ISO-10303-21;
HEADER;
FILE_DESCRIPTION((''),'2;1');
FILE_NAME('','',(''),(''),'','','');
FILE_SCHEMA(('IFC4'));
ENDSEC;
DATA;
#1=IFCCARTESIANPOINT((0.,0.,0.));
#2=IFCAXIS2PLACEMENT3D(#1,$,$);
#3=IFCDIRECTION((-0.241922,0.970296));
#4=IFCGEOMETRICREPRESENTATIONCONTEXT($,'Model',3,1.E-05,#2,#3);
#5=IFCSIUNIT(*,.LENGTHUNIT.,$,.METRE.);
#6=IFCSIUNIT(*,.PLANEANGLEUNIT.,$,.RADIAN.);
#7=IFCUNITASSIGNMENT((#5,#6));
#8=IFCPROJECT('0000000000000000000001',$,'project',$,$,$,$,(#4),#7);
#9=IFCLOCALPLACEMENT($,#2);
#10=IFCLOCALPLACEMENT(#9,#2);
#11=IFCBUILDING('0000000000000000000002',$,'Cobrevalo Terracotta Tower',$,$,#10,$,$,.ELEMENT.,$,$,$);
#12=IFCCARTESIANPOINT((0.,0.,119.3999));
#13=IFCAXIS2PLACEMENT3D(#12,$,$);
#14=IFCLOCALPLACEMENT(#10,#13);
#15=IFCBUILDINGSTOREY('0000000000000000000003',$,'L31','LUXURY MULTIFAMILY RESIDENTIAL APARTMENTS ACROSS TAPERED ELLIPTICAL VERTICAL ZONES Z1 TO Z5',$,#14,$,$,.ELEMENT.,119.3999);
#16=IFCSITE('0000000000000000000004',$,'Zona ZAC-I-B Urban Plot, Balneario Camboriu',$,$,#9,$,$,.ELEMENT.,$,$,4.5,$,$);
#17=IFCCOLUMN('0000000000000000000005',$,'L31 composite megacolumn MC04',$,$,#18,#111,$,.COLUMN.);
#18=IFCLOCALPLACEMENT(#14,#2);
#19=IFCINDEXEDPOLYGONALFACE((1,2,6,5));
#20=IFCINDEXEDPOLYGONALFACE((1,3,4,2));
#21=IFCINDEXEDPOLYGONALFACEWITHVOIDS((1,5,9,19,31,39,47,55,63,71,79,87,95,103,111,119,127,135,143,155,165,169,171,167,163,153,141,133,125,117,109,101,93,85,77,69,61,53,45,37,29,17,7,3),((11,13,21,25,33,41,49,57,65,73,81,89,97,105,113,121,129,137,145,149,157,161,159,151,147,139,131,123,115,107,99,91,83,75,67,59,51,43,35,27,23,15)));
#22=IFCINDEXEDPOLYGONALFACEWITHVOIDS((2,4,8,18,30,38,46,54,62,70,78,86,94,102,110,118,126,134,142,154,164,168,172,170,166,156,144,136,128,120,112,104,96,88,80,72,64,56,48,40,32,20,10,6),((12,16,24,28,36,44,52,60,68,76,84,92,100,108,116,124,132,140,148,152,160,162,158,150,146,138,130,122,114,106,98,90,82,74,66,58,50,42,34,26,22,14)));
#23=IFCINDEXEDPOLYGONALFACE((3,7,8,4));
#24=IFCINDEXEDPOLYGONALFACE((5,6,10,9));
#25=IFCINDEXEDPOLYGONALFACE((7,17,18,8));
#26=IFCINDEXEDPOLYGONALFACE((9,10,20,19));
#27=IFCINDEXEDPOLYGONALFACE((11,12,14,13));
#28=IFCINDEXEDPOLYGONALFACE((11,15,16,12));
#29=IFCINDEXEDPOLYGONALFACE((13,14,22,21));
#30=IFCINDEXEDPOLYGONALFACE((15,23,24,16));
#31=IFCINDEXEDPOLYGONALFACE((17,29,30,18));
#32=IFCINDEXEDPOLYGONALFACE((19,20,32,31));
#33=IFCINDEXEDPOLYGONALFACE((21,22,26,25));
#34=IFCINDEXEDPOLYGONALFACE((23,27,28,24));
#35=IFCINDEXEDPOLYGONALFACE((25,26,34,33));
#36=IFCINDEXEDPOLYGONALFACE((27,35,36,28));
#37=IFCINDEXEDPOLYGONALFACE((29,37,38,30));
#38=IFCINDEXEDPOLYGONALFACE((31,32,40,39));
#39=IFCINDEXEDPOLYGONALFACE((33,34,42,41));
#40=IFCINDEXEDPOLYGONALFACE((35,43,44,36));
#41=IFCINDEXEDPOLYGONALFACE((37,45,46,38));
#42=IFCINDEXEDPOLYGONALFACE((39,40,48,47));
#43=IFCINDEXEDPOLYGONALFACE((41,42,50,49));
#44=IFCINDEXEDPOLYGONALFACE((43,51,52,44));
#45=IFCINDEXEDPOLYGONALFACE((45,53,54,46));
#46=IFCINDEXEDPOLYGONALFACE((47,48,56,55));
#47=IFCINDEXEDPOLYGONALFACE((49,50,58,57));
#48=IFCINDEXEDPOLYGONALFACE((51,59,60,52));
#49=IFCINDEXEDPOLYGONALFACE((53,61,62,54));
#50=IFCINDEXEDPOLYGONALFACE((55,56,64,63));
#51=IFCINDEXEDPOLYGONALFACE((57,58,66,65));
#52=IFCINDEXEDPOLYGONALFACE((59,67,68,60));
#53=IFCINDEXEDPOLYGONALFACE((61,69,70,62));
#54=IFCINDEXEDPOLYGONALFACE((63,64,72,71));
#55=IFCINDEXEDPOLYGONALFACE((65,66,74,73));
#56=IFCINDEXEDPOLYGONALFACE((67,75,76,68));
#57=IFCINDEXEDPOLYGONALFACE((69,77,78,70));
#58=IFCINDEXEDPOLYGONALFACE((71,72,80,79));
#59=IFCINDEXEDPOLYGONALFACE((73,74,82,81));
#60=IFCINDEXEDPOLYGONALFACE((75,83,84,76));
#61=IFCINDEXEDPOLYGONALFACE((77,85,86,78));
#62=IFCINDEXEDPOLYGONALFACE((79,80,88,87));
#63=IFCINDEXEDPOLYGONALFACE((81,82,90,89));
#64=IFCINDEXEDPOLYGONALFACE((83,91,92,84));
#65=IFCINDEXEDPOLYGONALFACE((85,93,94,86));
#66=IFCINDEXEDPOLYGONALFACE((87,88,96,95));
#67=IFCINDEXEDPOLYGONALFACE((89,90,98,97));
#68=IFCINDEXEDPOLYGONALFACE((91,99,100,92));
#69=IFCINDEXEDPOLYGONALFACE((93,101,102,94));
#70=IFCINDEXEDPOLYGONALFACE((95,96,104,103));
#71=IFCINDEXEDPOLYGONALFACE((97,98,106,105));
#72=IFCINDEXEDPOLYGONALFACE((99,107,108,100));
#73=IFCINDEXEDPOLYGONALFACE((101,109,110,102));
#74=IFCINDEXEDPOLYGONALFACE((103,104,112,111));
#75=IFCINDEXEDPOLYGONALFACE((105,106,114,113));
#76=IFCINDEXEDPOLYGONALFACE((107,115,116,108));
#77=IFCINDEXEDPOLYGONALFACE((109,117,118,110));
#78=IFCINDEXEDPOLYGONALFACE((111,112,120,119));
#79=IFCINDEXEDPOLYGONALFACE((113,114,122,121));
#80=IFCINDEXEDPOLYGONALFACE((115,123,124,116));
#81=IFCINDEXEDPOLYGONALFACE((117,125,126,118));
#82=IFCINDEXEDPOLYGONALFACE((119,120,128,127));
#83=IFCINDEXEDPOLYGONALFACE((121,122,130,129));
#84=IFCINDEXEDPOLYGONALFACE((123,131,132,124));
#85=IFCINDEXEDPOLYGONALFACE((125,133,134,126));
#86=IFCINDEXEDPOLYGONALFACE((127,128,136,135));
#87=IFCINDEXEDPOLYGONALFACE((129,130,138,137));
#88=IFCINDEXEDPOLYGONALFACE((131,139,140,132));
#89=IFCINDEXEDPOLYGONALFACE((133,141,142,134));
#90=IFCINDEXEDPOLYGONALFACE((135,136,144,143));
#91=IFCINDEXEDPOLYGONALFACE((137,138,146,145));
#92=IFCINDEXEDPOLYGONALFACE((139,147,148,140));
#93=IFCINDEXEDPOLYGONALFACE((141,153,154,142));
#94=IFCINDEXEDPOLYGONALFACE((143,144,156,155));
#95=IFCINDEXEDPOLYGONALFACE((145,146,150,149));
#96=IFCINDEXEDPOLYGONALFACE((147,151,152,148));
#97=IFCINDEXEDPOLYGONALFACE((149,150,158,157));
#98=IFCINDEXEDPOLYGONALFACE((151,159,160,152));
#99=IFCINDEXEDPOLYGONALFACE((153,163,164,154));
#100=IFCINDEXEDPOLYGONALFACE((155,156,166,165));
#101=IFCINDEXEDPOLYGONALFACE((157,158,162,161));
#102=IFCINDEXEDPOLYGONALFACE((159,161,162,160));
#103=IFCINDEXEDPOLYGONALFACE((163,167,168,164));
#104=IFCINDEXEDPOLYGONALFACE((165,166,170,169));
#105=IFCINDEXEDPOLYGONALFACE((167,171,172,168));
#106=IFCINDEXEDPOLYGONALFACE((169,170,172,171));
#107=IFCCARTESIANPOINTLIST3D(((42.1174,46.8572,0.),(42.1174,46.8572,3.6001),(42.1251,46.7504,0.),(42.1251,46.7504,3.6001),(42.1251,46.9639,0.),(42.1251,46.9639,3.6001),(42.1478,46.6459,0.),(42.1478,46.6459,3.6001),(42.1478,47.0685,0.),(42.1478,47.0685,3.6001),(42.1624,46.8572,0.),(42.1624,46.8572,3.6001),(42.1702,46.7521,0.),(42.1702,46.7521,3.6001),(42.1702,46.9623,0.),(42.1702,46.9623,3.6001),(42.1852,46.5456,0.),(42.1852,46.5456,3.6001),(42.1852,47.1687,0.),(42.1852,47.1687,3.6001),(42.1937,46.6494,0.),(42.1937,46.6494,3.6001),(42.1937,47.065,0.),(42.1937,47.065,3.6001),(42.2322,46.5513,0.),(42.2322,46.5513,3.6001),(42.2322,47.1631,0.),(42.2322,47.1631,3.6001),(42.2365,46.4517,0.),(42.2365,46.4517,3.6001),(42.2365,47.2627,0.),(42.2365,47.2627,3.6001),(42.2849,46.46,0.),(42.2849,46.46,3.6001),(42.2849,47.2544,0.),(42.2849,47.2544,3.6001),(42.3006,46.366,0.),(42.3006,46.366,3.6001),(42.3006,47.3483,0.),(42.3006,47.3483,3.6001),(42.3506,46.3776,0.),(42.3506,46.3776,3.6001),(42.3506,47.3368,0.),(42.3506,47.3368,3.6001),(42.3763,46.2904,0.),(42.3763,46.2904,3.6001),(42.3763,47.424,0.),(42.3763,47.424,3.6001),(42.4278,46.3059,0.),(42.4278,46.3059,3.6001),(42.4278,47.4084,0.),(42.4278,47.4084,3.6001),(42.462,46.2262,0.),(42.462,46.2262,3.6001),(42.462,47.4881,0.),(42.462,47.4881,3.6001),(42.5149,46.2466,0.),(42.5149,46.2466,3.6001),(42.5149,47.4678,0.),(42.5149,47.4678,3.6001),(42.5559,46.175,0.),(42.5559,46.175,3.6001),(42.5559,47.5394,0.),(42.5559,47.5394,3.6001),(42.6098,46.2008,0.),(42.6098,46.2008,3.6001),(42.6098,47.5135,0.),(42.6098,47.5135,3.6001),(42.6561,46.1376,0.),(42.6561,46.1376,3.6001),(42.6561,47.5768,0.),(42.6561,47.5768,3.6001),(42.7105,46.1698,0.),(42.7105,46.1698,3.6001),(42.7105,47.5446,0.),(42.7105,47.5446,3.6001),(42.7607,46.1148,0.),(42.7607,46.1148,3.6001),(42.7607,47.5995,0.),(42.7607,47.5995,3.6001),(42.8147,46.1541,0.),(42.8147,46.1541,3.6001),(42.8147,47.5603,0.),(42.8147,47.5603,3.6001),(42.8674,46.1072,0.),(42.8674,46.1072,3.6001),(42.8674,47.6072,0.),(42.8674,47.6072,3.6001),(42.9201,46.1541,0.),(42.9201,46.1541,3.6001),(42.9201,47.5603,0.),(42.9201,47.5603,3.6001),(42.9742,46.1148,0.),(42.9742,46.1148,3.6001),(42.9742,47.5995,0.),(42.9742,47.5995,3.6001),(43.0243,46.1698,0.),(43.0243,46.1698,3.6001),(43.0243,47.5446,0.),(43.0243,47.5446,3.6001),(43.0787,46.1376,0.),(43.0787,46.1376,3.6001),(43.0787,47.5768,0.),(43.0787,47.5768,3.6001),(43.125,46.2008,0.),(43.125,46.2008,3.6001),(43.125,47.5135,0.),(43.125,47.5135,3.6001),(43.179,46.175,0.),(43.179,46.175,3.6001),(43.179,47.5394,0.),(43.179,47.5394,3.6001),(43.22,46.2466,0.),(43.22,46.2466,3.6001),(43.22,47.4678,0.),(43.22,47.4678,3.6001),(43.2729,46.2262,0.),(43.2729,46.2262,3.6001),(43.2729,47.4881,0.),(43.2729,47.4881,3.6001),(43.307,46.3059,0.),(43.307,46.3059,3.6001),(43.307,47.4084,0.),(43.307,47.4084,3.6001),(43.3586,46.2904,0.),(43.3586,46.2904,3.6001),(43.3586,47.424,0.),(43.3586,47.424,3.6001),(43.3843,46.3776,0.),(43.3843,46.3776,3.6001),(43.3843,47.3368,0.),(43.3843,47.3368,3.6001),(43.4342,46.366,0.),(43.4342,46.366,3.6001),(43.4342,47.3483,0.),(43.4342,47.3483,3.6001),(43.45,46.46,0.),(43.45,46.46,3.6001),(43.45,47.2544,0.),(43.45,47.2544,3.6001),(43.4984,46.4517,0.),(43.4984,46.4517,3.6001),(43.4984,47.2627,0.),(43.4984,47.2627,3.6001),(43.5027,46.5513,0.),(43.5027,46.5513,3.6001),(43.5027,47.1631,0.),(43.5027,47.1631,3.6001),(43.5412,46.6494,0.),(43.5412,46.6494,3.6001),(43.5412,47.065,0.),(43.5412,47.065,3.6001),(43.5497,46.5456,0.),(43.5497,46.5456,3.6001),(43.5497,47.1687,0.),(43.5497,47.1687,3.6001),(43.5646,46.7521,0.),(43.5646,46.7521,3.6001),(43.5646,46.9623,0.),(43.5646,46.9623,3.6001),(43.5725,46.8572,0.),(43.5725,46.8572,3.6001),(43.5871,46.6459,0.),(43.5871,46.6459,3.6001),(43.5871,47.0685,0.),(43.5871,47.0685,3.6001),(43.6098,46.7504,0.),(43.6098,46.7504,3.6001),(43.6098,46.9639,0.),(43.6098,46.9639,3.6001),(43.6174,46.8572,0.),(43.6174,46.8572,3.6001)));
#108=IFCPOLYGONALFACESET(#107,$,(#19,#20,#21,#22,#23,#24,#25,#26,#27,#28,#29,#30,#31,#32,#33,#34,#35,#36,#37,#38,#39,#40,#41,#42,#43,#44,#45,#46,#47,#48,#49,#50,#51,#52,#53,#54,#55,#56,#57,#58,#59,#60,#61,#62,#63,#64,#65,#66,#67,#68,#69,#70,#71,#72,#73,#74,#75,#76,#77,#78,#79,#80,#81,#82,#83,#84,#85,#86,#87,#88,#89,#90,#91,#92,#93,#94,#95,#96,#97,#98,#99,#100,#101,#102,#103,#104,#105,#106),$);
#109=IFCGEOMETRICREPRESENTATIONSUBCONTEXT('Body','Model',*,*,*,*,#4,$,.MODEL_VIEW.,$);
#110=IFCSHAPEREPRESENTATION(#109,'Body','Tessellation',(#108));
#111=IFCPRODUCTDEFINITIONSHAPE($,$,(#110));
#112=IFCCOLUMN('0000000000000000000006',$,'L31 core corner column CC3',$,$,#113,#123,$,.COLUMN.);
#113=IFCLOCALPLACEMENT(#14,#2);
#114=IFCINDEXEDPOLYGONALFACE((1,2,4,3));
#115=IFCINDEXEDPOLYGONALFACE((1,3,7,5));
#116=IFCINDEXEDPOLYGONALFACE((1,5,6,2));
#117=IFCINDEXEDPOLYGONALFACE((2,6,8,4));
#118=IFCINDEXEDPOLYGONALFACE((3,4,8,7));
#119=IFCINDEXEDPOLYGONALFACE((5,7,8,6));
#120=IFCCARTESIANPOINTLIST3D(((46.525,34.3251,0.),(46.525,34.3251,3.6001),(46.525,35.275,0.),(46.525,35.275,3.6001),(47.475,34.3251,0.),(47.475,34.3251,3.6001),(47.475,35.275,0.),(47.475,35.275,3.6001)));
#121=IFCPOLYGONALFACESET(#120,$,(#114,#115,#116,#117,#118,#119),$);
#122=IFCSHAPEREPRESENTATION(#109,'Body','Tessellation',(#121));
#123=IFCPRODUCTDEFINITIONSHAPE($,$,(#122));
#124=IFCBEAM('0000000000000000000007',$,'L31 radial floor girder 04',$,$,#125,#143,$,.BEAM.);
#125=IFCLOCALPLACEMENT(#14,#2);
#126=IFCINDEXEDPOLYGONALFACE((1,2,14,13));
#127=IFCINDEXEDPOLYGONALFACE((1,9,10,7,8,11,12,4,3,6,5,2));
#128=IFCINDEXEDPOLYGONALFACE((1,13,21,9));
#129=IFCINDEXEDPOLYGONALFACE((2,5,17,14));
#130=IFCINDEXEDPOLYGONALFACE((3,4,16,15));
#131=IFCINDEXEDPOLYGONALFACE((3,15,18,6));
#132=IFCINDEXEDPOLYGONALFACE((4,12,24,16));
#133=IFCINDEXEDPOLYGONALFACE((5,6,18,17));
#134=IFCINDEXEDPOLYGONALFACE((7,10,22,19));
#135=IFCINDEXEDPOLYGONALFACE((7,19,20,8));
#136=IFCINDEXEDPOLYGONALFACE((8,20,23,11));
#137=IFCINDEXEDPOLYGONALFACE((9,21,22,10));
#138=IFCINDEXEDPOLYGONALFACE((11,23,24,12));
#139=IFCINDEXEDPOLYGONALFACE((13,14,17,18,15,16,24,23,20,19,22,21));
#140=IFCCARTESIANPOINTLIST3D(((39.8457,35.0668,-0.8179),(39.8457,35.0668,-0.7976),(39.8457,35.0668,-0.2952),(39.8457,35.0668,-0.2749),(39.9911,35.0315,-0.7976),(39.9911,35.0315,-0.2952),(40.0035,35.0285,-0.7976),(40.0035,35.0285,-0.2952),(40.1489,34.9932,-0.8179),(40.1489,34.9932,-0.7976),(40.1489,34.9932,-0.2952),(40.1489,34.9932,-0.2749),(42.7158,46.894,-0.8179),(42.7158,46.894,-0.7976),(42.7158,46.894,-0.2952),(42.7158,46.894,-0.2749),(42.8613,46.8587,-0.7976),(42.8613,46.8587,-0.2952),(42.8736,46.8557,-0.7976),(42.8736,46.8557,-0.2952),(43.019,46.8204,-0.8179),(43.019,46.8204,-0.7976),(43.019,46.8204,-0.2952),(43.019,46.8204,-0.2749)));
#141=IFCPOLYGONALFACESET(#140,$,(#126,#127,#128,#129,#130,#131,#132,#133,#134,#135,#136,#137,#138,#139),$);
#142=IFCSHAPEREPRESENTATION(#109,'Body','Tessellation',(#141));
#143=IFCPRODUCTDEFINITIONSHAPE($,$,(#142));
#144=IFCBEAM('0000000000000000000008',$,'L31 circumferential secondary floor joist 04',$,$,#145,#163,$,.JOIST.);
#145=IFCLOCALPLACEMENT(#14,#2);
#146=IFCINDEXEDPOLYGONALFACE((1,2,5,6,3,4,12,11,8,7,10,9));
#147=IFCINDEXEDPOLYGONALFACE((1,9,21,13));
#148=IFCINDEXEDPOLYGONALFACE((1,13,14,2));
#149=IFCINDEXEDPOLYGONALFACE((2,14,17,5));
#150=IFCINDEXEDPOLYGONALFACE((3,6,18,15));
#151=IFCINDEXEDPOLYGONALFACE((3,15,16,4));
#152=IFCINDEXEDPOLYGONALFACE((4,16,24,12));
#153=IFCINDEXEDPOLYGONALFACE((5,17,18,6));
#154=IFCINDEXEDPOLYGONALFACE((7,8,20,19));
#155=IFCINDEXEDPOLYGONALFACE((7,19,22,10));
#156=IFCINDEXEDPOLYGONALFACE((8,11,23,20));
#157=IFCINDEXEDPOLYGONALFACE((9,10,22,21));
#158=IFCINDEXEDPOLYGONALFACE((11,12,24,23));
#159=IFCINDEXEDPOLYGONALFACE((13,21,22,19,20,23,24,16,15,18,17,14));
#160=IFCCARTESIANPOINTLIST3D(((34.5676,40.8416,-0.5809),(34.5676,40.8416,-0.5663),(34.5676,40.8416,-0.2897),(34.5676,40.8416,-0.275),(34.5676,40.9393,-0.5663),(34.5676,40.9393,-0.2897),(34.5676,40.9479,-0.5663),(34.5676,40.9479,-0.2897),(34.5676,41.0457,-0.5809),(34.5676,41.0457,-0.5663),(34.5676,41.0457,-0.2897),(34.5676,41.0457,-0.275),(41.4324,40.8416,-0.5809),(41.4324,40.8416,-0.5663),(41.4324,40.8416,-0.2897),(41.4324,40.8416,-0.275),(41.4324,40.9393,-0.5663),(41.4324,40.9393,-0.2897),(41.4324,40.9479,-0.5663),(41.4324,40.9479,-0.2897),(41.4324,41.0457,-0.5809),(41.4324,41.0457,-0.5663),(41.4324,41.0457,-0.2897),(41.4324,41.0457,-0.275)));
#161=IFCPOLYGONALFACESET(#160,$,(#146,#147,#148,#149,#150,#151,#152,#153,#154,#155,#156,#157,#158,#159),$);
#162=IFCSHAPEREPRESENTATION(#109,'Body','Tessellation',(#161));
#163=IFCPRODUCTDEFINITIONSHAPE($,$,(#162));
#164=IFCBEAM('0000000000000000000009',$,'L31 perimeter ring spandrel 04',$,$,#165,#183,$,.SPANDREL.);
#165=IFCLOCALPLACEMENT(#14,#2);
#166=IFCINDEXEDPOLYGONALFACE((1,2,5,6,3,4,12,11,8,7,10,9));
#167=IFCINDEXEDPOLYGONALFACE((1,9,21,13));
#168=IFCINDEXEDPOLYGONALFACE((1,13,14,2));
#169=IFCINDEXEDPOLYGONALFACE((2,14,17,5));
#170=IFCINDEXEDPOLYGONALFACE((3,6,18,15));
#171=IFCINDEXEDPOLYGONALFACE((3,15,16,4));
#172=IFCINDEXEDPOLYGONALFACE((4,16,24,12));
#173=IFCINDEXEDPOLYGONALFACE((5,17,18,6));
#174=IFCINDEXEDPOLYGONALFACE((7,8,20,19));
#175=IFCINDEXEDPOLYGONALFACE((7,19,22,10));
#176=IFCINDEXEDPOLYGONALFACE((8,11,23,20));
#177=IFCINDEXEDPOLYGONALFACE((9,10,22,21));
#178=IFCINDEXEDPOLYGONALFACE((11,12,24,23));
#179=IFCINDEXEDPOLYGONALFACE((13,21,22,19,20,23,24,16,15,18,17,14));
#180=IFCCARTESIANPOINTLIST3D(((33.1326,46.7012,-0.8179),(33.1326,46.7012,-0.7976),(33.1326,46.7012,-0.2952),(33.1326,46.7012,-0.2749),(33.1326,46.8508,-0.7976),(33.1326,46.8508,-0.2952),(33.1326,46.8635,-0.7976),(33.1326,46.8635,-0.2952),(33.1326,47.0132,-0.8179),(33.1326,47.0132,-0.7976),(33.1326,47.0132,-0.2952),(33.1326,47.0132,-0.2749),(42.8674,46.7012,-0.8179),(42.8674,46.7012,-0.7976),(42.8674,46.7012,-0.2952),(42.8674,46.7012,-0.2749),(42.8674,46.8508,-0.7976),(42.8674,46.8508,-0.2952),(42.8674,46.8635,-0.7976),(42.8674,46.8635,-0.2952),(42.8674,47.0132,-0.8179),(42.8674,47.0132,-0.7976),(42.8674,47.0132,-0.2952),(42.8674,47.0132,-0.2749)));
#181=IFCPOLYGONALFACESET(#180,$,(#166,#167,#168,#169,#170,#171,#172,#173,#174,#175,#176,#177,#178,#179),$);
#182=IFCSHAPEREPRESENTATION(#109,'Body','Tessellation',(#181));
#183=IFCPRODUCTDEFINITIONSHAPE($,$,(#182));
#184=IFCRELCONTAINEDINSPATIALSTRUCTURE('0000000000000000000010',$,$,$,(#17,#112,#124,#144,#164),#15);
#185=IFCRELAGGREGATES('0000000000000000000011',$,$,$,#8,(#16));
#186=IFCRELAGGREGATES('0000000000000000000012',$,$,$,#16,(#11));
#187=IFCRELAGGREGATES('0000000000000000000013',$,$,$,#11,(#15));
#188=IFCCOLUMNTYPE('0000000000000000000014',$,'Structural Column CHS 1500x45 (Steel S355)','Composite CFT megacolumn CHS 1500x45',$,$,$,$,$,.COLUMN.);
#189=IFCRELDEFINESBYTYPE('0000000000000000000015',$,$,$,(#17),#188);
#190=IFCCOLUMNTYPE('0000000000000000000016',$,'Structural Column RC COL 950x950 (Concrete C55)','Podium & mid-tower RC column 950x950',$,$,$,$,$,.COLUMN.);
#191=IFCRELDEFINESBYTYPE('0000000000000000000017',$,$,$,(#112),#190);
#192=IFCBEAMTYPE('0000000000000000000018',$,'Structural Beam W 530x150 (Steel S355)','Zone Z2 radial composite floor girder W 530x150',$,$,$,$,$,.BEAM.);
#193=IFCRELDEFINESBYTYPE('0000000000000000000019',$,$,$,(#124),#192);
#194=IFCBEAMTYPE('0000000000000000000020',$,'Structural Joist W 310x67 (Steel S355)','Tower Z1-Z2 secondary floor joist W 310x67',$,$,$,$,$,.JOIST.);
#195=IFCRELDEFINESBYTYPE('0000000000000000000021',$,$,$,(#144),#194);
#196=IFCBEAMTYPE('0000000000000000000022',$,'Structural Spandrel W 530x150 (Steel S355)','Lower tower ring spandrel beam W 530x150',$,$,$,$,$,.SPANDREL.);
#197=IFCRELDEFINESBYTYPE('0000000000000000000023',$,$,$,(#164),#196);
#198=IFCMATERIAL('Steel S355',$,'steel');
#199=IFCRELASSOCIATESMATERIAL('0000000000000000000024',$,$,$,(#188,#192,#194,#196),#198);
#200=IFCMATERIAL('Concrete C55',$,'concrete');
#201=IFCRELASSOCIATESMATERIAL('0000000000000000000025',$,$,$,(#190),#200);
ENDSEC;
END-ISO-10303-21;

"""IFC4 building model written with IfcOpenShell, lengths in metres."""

from ifc_helpers import new_model, si_unit, direction, frame, origin, origin_2d, place, context, subcontext, project, spatial, rectangle, hollow_circle, i_section, extrude, material, material_profile, profile_set, type_object, element, save


model = new_model("IFC4")

# Units and contexts
model_context = context("Model", 3, precision=1e-05, world=origin(), true_north=direction((-0.241922, 0.970296)))
body_context = subcontext(model_context, "Body", "Model", "MODEL_VIEW")
ifc_project = project(units=[si_unit("LENGTHUNIT", "METRE"), si_unit("PLANEANGLEUNIT", "RADIAN")], contexts=[model_context])

# Site, building, storey
site_placement = place(None, origin())
site = spatial("IfcSite", under=ifc_project, at=site_placement, Name="Zona ZAC-I-B Urban Plot, Balneario Camboriu", CompositionType="ELEMENT", RefElevation=4.5)
building_placement = place(site_placement, origin())
building = spatial("IfcBuilding", under=site, at=building_placement, Name="Cobrevalo Terracotta Tower", CompositionType="ELEMENT")
storey_placement = place(building_placement, frame((0.0, 0.0, 119.3999)))
storey = spatial("IfcBuildingStorey", under=building, at=storey_placement, Name="L31", Description="LUXURY MULTIFAMILY RESIDENTIAL APARTMENTS ACROSS TAPERED ELLIPTICAL VERTICAL ZONES Z1 TO Z5", CompositionType="ELEMENT", Elevation=119.3999)

# Columns
ifc_material_1 = material(Name="Steel S355", Category="steel")
ifc_material_profile_1 = material_profile(ifc_material_1, hollow_circle(Radius=0.75, WallThickness=0.0449, at=origin_2d()), Name="CHS 1500x45")
ifc_profile_set_1 = profile_set([ifc_material_profile_1], Name="Steel S355")
column_type_1 = type_object("IfcColumnType", Name="Structural Column CHS 1500x45 (Steel S355)", Description="Composite CFT megacolumn CHS 1500x45", PredefinedType="COLUMN", material=ifc_profile_set_1)
column_1_placement = place(storey_placement, frame((42.8674, 46.8572, 0.0), z_axis=(0.0, 0.0, 1.0), x_axis=(1.0, 0.0, 0.0)))
element("IfcColumn", 1, at=column_1_placement, inside=storey, type_object=column_type_1, Name="L31 composite megacolumn MC04", PredefinedType="COLUMN", context=body_context, shape_type="SweptSolid", body=[
    extrude(hollow_circle(Radius=0.75, WallThickness=0.0449, at=origin_2d()), origin(), (0.0, 0.0, 1.0), 3.6001),
])
ifc_material_2 = material(Name="Concrete C55", Category="concrete")
ifc_material_profile_2 = material_profile(ifc_material_2, rectangle(XDim=0.95, YDim=0.95, at=origin_2d()), Name="RC COL 950x950")
ifc_profile_set_2 = profile_set([ifc_material_profile_2], Name="Concrete C55")
column_type_2 = type_object("IfcColumnType", Name="Structural Column RC COL 950x950 (Concrete C55)", Description="Podium & mid-tower RC column 950x950", PredefinedType="COLUMN", material=ifc_profile_set_2)
column_2_placement = place(storey_placement, frame((47.0, 34.8, 0.0), z_axis=(0.0, 0.0, 1.0), x_axis=(1.0, 0.0, 0.0)))
element("IfcColumn", 2, at=column_2_placement, inside=storey, type_object=column_type_2, Name="L31 core corner column CC3", PredefinedType="COLUMN", context=body_context, shape_type="SweptSolid", body=[
    extrude(rectangle(XDim=0.95, YDim=0.95, at=origin_2d()), origin(), (0.0, 0.0, 1.0), 3.6001),
])

# Beams
ifc_material_profile_3 = material_profile(ifc_material_1, i_section(OverallWidth=0.312, OverallDepth=0.543, WebThickness=0.0127, FlangeThickness=0.0203, at=origin_2d()), Name="W 530x150")
ifc_profile_set_3 = profile_set([ifc_material_profile_3], Name="Steel S355")
beam_type_1 = type_object("IfcBeamType", Name="Structural Beam W 530x150 (Steel S355)", Description="Zone Z2 radial composite floor girder W 530x150", PredefinedType="BEAM", material=ifc_profile_set_3)
beam_1_placement = place(storey_placement, frame((42.8674, 46.8572, -0.5464), z_axis=(-0.235827, -0.971795, 0.0), x_axis=(0.971795, -0.235827, 0.0)))
element("IfcBeam", 3, at=beam_1_placement, inside=storey, type_object=beam_type_1, Name="L31 radial floor girder 04", PredefinedType="BEAM", context=body_context, shape_type="SweptSolid", body=[
    extrude(i_section(OverallWidth=0.312, OverallDepth=0.543, WebThickness=0.0127, FlangeThickness=0.0203, at=origin_2d()), origin(), (0.0, 0.0, 1.0), 12.1704),
])
ifc_material_profile_4 = material_profile(ifc_material_1, i_section(OverallWidth=0.2041, OverallDepth=0.3059, WebThickness=0.0085, FlangeThickness=0.0146, at=origin_2d()), Name="W 310x67")
ifc_profile_set_4 = profile_set([ifc_material_profile_4], Name="Steel S355")
beam_type_2 = type_object("IfcBeamType", Name="Structural Joist W 310x67 (Steel S355)", Description="Tower Z1-Z2 secondary floor joist W 310x67", PredefinedType="JOIST", material=ifc_profile_set_4)
beam_2_placement = place(storey_placement, frame((41.4324, 40.9436, -0.428), z_axis=(-1.0, 0.0, 0.0), x_axis=(0.0, -1.0, 0.0)))
element("IfcBeam", 4, at=beam_2_placement, inside=storey, type_object=beam_type_2, Name="L31 circumferential secondary floor joist 04", PredefinedType="JOIST", context=body_context, shape_type="SweptSolid", body=[
    extrude(i_section(OverallWidth=0.2041, OverallDepth=0.3059, WebThickness=0.0085, FlangeThickness=0.0146, at=origin_2d()), origin(), (0.0, 0.0, 1.0), 6.8647),
])
ifc_material_profile_5 = material_profile(ifc_material_1, i_section(OverallWidth=0.312, OverallDepth=0.543, WebThickness=0.0127, FlangeThickness=0.0203, at=origin_2d()), Name="W 530x150")
ifc_profile_set_5 = profile_set([ifc_material_profile_5], Name="Steel S355")
beam_type_3 = type_object("IfcBeamType", Name="Structural Spandrel W 530x150 (Steel S355)", Description="Lower tower ring spandrel beam W 530x150", PredefinedType="SPANDREL", material=ifc_profile_set_5)
beam_3_placement = place(storey_placement, frame((42.8674, 46.8572, -0.5464), z_axis=(-1.0, 0.0, 0.0), x_axis=(0.0, -1.0, 0.0)))
element("IfcBeam", 5, at=beam_3_placement, inside=storey, type_object=beam_type_3, Name="L31 perimeter ring spandrel 04", PredefinedType="SPANDREL", context=body_context, shape_type="SweptSolid", body=[
    extrude(i_section(OverallWidth=0.312, OverallDepth=0.543, WebThickness=0.0127, FlangeThickness=0.0203, at=origin_2d()), origin(), (0.0, 0.0, 1.0), 9.7349),
])

save(model, "model.ifc")
